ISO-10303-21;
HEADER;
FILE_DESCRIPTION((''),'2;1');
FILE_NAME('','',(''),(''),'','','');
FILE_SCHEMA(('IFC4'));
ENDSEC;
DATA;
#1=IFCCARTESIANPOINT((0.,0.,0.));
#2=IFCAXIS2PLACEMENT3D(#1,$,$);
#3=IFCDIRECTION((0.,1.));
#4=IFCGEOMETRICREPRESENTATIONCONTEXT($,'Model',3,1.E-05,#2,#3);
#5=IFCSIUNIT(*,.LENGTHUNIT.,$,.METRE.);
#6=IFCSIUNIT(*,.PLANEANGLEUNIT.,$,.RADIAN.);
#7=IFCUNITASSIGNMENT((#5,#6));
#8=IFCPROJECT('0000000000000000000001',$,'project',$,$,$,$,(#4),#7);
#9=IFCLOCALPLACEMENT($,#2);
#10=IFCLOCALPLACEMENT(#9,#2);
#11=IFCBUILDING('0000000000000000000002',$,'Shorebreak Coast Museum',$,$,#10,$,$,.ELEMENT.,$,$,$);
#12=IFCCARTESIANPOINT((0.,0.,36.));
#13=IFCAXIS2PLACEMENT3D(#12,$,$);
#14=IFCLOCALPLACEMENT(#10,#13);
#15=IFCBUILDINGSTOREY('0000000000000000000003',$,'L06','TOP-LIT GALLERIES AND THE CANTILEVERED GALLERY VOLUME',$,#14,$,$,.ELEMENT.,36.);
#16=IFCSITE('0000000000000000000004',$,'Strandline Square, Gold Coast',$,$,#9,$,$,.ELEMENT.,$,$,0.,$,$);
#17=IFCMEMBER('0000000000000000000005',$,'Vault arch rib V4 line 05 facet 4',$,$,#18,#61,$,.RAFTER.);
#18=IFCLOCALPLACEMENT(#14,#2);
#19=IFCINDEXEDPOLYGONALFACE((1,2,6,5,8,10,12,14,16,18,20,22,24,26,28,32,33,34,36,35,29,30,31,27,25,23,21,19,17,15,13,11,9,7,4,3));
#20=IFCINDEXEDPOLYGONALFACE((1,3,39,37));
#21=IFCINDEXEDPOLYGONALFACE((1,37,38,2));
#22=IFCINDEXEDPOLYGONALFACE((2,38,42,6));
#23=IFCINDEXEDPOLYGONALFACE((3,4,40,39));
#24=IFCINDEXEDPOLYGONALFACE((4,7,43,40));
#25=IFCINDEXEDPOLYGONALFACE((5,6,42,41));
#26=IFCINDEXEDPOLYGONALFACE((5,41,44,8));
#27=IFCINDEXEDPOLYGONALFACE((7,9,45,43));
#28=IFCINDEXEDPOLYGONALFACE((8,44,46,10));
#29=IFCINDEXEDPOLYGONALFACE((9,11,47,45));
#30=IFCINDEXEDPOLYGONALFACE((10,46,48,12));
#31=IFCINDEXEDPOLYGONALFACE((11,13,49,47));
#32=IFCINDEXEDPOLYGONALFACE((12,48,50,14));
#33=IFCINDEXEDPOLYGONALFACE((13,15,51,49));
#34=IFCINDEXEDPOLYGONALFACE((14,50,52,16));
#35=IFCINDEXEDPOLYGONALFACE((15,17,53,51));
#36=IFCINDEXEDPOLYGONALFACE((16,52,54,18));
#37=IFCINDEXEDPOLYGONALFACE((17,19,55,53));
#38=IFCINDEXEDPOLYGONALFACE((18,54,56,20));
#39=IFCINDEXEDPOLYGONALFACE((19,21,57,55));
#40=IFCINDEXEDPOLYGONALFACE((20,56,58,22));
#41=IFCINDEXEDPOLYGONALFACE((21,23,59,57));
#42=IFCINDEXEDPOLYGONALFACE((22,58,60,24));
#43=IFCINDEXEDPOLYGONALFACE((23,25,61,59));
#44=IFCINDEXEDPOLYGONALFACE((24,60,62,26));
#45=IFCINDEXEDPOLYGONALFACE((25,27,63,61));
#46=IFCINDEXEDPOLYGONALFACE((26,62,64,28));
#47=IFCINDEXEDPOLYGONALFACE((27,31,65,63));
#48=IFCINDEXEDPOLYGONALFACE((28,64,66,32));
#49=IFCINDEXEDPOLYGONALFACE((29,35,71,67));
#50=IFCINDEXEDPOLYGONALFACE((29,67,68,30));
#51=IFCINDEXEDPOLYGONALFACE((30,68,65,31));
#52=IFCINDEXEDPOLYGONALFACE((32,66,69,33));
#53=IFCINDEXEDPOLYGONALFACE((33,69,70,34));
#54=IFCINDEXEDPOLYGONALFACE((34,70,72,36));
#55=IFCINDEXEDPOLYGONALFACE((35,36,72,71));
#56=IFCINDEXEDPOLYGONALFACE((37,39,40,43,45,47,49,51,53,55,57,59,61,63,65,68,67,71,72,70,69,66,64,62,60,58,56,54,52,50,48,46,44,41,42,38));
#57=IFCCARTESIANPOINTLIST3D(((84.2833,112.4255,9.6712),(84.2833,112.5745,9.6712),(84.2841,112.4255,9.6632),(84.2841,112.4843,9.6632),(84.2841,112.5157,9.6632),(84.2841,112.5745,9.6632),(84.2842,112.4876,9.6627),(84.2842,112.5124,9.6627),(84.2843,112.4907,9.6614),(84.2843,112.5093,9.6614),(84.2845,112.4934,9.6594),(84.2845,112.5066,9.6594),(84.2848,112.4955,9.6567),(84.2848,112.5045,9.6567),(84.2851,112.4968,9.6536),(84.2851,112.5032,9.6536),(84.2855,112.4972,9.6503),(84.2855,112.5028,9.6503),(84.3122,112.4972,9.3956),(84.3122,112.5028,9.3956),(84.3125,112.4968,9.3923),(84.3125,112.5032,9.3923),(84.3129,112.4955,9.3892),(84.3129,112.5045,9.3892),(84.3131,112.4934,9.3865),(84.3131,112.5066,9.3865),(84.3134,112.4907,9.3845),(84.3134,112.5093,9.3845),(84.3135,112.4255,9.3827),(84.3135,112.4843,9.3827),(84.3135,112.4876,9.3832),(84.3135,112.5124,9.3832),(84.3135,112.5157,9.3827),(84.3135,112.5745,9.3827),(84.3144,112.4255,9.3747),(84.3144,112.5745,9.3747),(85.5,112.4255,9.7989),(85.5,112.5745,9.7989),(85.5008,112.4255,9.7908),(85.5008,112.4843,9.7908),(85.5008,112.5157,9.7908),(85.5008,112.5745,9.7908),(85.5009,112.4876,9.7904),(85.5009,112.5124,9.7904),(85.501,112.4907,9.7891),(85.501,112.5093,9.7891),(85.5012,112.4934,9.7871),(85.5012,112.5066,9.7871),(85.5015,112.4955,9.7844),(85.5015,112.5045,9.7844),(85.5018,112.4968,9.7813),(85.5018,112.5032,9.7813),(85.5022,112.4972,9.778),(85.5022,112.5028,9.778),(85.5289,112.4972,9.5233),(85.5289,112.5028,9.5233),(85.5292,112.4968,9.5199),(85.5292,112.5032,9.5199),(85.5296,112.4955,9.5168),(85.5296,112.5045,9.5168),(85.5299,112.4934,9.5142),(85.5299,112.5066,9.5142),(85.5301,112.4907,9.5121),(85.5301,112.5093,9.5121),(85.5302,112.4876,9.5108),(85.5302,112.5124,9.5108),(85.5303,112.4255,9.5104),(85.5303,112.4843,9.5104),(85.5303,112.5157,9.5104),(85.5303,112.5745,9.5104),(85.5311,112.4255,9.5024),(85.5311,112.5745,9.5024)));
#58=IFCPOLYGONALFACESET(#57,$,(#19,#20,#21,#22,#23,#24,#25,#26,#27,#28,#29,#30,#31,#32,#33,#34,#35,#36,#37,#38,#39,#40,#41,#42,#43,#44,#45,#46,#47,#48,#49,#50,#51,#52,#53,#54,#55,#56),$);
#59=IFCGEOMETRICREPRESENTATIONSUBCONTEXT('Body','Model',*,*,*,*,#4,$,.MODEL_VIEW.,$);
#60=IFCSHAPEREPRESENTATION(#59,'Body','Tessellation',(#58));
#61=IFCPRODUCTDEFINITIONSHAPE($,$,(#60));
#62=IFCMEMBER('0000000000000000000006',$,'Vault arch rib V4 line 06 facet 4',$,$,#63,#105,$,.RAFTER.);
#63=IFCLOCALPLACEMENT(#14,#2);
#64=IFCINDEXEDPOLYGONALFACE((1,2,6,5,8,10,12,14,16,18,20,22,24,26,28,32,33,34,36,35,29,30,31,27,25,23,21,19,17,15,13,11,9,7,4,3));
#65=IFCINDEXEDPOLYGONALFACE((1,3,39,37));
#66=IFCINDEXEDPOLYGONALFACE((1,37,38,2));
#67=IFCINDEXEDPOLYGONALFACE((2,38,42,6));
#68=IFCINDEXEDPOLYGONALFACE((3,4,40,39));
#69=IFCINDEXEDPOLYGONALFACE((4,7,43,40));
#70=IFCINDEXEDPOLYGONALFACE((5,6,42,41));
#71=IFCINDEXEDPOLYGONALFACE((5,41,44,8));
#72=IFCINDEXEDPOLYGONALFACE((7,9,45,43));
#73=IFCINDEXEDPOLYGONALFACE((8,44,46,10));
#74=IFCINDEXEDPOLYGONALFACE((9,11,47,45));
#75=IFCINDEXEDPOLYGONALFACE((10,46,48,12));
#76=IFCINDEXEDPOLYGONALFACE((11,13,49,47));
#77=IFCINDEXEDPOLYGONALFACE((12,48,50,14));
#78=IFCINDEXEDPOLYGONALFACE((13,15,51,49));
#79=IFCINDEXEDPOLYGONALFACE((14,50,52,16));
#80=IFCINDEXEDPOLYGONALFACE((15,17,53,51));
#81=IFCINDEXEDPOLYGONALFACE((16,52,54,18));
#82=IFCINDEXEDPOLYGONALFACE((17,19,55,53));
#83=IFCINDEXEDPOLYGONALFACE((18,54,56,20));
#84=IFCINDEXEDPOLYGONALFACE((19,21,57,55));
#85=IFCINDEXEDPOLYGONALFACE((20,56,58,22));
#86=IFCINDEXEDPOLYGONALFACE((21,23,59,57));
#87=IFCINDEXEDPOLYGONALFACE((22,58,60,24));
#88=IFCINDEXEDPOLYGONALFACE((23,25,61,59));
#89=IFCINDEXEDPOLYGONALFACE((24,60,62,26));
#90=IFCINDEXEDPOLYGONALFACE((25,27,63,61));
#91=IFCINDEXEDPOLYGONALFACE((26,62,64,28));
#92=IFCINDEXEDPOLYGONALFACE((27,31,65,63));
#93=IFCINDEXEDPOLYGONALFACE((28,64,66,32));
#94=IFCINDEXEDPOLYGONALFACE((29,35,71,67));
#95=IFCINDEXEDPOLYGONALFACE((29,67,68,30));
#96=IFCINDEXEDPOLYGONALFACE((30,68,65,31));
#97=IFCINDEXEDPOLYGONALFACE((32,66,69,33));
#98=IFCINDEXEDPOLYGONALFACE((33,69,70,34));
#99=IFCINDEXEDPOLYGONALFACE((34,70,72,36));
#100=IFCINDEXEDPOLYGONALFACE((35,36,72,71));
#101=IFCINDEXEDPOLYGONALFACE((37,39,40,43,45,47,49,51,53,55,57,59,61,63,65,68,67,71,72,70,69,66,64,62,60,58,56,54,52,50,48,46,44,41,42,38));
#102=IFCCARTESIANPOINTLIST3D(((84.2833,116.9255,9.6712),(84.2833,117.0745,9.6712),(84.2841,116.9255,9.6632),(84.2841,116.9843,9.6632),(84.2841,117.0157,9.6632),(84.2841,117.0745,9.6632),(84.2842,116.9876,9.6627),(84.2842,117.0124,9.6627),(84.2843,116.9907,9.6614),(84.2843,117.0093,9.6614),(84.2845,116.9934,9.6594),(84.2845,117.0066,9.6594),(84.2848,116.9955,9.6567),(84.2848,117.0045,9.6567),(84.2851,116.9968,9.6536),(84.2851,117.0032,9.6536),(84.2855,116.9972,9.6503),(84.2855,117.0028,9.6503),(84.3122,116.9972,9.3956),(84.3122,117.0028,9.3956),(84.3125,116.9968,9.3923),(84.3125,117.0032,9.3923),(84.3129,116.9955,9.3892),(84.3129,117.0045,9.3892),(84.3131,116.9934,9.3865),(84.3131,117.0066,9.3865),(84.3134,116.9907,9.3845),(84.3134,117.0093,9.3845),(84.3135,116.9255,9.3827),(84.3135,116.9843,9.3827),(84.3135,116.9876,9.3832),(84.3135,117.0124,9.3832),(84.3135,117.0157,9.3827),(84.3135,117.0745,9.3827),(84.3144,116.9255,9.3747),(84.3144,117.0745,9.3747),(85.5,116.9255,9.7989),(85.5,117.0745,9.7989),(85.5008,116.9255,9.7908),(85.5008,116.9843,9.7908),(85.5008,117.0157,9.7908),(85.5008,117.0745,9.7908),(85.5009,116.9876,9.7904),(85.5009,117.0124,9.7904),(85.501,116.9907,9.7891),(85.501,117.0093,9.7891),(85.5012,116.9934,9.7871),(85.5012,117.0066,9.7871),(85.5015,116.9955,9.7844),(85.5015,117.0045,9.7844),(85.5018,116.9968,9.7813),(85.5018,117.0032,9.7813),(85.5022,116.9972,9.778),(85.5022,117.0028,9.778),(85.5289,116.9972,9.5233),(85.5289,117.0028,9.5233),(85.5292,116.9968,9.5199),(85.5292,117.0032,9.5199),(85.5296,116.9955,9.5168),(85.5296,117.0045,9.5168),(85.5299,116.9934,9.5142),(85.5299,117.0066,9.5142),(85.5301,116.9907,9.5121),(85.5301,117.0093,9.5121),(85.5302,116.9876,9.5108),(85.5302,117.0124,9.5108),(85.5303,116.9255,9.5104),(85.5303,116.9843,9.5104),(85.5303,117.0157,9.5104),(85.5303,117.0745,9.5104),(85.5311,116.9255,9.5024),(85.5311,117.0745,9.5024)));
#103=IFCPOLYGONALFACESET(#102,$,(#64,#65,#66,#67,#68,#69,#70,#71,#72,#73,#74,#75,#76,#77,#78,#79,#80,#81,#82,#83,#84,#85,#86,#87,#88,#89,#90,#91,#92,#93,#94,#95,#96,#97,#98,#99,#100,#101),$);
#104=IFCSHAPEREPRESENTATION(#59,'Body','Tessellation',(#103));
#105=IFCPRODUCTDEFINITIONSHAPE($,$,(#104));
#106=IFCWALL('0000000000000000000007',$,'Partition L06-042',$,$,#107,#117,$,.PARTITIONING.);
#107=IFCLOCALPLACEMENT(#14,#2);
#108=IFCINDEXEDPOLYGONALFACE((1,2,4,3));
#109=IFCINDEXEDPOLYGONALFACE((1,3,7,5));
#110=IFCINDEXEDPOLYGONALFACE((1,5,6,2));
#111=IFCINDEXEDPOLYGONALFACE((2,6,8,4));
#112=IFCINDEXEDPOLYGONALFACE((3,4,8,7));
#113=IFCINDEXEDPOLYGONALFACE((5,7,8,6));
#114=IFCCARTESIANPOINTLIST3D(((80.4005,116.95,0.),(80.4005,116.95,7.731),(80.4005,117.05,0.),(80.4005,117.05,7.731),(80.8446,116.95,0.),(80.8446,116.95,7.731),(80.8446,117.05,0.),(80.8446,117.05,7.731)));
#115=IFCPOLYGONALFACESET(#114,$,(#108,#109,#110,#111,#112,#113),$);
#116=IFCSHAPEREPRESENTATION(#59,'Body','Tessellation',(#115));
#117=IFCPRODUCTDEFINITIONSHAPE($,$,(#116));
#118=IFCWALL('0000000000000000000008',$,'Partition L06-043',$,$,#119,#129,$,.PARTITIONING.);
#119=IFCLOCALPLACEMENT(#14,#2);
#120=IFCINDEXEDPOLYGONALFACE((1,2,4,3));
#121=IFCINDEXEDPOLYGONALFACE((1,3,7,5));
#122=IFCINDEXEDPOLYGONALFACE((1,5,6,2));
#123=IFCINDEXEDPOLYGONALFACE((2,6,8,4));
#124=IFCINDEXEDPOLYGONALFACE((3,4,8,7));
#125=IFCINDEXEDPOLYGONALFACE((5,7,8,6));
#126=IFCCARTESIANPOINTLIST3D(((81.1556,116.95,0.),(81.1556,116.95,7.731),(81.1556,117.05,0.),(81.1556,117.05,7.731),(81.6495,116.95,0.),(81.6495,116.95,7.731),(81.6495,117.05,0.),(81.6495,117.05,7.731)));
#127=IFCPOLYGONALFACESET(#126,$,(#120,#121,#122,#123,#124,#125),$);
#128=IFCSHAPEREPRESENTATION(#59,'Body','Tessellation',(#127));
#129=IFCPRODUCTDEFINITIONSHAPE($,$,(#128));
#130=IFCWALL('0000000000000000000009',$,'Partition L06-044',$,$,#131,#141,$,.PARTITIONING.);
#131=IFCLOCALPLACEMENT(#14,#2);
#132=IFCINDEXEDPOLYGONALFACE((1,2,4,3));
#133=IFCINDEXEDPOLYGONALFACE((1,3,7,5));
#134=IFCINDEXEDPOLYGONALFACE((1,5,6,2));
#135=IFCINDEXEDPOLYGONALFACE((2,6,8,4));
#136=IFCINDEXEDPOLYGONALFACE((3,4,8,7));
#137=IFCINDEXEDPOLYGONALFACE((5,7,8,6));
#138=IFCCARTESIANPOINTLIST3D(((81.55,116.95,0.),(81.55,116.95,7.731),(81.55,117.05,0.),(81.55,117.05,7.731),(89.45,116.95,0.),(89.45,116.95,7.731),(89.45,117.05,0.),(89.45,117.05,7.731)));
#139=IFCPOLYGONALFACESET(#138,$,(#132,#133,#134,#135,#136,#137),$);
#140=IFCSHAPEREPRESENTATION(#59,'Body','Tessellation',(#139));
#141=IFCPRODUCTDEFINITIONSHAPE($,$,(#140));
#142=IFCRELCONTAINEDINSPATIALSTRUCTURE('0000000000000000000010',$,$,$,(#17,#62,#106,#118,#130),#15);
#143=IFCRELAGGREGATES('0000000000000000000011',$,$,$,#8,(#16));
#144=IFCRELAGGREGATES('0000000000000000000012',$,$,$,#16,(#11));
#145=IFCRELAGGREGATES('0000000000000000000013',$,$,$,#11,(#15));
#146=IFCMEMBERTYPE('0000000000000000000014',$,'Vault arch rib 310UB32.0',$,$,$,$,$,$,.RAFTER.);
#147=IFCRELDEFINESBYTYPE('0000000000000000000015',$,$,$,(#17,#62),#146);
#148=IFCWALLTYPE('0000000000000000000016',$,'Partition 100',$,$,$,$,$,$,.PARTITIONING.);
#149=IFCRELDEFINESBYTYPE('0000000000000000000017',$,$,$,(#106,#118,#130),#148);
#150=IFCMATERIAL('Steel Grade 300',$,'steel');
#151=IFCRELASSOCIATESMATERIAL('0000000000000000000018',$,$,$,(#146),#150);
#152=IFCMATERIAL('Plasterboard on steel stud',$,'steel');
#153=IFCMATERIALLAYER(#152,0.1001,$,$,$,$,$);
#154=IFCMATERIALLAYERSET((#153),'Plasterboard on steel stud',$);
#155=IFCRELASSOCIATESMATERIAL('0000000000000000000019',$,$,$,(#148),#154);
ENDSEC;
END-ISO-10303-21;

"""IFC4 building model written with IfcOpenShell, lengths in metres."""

from ifc_helpers import new_model, si_unit, direction, frame, frame_2d, origin, origin_2d, place, context, subcontext, project, spatial, rectangle, i_section, extrude, material, layer, layer_set, material_profile, profile_set, type_object, element, save


model = new_model("IFC4")

# Units and contexts
model_context = context("Model", 3, precision=1e-05, world=origin(), true_north=direction((0.0, 1.0)))
body_context = subcontext(model_context, "Body", "Model", "MODEL_VIEW")
ifc_project = project(units=[si_unit("LENGTHUNIT", "METRE"), si_unit("PLANEANGLEUNIT", "RADIAN")], contexts=[model_context])

# Site, building, storey
site_placement = place(None, origin())
site = spatial("IfcSite", under=ifc_project, at=site_placement, Name="Strandline Square, Gold Coast", CompositionType="ELEMENT", RefElevation=0.0)
building_placement = place(site_placement, origin())
building = spatial("IfcBuilding", under=site, at=building_placement, Name="Shorebreak Coast Museum", CompositionType="ELEMENT")
storey_placement = place(building_placement, frame((0.0, 0.0, 36.0)))
storey = spatial("IfcBuildingStorey", under=building, at=storey_placement, Name="L06", Description="TOP-LIT GALLERIES AND THE CANTILEVERED GALLERY VOLUME", CompositionType="ELEMENT", Elevation=36.0)

# Members
ifc_material_1 = material(Name="Steel Grade 300", Category="steel")
ifc_material_profile_1 = material_profile(ifc_material_1, i_section(OverallWidth=0.1489, OverallDepth=0.2981, WebThickness=0.0056, FlangeThickness=0.0081, FilletRadius=0.0129, at=origin_2d()), Name="310UB32.0")
ifc_profile_set_1 = profile_set([ifc_material_profile_1], Name="Steel Grade 300")
member_type_1 = type_object("IfcMemberType", Name="Vault arch rib 310UB32.0", PredefinedType="RAFTER", material=ifc_profile_set_1)
for number, where, z_axis, x_axis, name in (
    (1, (84.2988, 112.5, 9.5229), (0.994539, 0.0, 0.104363), (0.0, 1.0, 0.0), "Vault arch rib V4 line 05 facet 4"),
    (2, (84.2988, 117.0, 9.5229), (0.994539, 0.0, 0.104363), (0.0, 1.0, 0.0), "Vault arch rib V4 line 06 facet 4"),
):
    element("IfcMember", number, at=place(storey_placement, frame(where, z_axis=z_axis, x_axis=x_axis)), inside=storey, type_object=member_type_1, Name=name, PredefinedType="RAFTER", context=body_context, shape_type="SweptSolid", body=[
        extrude(i_section(OverallWidth=0.1489, OverallDepth=0.2981, WebThickness=0.0056, FlangeThickness=0.0081, FilletRadius=0.0129, at=origin_2d()), origin(), (0.0, 0.0, 1.0), 1.2234),
    ])

# Walls
ifc_material_2 = material(Name="Plasterboard on steel stud", Category="steel")
ifc_layer = layer(ifc_material_2, 0.1001)
ifc_layer_set = layer_set([ifc_layer], Name="Plasterboard on steel stud")
wall_type = type_object("IfcWallType", Name="Partition 100", PredefinedType="PARTITIONING", material=ifc_layer_set)
wall_1_placement = place(storey_placement, frame((80.4004, 117.0, 0.0), z_axis=(0.0, 0.0, 1.0), x_axis=(1.0, 0.0, 0.0)))
element("IfcWall", 3, at=wall_1_placement, inside=storey, type_object=wall_type, Name="Partition L06-042", PredefinedType="PARTITIONING", context=body_context, shape_type="SweptSolid", body=[
    extrude(rectangle(XDim=0.4441, YDim=0.1001, at=frame_2d((0.2222, 0.0))), origin(), (0.0, 0.0, 1.0), 7.731),
])
wall_2_placement = place(storey_placement, frame((81.1555, 117.0, 0.0), z_axis=(0.0, 0.0, 1.0), x_axis=(1.0, 0.0, 0.0)))
element("IfcWall", 4, at=wall_2_placement, inside=storey, type_object=wall_type, Name="Partition L06-043", PredefinedType="PARTITIONING", context=body_context, shape_type="SweptSolid", body=[
    extrude(rectangle(XDim=0.4939, YDim=0.1001, at=frame_2d((0.2471, 0.0))), origin(), (0.0, 0.0, 1.0), 7.731),
])
wall_3_placement = place(storey_placement, frame((81.55, 117.0, 0.0), z_axis=(0.0, 0.0, 1.0), x_axis=(1.0, 0.0, 0.0)))
element("IfcWall", 5, at=wall_3_placement, inside=storey, type_object=wall_type, Name="Partition L06-044", PredefinedType="PARTITIONING", context=body_context, shape_type="SweptSolid", body=[
    extrude(rectangle(XDim=7.8999, YDim=0.1001, at=frame_2d((3.95, 0.0))), origin(), (0.0, 0.0, 1.0), 7.731),
])

save(model, "model.ifc")
